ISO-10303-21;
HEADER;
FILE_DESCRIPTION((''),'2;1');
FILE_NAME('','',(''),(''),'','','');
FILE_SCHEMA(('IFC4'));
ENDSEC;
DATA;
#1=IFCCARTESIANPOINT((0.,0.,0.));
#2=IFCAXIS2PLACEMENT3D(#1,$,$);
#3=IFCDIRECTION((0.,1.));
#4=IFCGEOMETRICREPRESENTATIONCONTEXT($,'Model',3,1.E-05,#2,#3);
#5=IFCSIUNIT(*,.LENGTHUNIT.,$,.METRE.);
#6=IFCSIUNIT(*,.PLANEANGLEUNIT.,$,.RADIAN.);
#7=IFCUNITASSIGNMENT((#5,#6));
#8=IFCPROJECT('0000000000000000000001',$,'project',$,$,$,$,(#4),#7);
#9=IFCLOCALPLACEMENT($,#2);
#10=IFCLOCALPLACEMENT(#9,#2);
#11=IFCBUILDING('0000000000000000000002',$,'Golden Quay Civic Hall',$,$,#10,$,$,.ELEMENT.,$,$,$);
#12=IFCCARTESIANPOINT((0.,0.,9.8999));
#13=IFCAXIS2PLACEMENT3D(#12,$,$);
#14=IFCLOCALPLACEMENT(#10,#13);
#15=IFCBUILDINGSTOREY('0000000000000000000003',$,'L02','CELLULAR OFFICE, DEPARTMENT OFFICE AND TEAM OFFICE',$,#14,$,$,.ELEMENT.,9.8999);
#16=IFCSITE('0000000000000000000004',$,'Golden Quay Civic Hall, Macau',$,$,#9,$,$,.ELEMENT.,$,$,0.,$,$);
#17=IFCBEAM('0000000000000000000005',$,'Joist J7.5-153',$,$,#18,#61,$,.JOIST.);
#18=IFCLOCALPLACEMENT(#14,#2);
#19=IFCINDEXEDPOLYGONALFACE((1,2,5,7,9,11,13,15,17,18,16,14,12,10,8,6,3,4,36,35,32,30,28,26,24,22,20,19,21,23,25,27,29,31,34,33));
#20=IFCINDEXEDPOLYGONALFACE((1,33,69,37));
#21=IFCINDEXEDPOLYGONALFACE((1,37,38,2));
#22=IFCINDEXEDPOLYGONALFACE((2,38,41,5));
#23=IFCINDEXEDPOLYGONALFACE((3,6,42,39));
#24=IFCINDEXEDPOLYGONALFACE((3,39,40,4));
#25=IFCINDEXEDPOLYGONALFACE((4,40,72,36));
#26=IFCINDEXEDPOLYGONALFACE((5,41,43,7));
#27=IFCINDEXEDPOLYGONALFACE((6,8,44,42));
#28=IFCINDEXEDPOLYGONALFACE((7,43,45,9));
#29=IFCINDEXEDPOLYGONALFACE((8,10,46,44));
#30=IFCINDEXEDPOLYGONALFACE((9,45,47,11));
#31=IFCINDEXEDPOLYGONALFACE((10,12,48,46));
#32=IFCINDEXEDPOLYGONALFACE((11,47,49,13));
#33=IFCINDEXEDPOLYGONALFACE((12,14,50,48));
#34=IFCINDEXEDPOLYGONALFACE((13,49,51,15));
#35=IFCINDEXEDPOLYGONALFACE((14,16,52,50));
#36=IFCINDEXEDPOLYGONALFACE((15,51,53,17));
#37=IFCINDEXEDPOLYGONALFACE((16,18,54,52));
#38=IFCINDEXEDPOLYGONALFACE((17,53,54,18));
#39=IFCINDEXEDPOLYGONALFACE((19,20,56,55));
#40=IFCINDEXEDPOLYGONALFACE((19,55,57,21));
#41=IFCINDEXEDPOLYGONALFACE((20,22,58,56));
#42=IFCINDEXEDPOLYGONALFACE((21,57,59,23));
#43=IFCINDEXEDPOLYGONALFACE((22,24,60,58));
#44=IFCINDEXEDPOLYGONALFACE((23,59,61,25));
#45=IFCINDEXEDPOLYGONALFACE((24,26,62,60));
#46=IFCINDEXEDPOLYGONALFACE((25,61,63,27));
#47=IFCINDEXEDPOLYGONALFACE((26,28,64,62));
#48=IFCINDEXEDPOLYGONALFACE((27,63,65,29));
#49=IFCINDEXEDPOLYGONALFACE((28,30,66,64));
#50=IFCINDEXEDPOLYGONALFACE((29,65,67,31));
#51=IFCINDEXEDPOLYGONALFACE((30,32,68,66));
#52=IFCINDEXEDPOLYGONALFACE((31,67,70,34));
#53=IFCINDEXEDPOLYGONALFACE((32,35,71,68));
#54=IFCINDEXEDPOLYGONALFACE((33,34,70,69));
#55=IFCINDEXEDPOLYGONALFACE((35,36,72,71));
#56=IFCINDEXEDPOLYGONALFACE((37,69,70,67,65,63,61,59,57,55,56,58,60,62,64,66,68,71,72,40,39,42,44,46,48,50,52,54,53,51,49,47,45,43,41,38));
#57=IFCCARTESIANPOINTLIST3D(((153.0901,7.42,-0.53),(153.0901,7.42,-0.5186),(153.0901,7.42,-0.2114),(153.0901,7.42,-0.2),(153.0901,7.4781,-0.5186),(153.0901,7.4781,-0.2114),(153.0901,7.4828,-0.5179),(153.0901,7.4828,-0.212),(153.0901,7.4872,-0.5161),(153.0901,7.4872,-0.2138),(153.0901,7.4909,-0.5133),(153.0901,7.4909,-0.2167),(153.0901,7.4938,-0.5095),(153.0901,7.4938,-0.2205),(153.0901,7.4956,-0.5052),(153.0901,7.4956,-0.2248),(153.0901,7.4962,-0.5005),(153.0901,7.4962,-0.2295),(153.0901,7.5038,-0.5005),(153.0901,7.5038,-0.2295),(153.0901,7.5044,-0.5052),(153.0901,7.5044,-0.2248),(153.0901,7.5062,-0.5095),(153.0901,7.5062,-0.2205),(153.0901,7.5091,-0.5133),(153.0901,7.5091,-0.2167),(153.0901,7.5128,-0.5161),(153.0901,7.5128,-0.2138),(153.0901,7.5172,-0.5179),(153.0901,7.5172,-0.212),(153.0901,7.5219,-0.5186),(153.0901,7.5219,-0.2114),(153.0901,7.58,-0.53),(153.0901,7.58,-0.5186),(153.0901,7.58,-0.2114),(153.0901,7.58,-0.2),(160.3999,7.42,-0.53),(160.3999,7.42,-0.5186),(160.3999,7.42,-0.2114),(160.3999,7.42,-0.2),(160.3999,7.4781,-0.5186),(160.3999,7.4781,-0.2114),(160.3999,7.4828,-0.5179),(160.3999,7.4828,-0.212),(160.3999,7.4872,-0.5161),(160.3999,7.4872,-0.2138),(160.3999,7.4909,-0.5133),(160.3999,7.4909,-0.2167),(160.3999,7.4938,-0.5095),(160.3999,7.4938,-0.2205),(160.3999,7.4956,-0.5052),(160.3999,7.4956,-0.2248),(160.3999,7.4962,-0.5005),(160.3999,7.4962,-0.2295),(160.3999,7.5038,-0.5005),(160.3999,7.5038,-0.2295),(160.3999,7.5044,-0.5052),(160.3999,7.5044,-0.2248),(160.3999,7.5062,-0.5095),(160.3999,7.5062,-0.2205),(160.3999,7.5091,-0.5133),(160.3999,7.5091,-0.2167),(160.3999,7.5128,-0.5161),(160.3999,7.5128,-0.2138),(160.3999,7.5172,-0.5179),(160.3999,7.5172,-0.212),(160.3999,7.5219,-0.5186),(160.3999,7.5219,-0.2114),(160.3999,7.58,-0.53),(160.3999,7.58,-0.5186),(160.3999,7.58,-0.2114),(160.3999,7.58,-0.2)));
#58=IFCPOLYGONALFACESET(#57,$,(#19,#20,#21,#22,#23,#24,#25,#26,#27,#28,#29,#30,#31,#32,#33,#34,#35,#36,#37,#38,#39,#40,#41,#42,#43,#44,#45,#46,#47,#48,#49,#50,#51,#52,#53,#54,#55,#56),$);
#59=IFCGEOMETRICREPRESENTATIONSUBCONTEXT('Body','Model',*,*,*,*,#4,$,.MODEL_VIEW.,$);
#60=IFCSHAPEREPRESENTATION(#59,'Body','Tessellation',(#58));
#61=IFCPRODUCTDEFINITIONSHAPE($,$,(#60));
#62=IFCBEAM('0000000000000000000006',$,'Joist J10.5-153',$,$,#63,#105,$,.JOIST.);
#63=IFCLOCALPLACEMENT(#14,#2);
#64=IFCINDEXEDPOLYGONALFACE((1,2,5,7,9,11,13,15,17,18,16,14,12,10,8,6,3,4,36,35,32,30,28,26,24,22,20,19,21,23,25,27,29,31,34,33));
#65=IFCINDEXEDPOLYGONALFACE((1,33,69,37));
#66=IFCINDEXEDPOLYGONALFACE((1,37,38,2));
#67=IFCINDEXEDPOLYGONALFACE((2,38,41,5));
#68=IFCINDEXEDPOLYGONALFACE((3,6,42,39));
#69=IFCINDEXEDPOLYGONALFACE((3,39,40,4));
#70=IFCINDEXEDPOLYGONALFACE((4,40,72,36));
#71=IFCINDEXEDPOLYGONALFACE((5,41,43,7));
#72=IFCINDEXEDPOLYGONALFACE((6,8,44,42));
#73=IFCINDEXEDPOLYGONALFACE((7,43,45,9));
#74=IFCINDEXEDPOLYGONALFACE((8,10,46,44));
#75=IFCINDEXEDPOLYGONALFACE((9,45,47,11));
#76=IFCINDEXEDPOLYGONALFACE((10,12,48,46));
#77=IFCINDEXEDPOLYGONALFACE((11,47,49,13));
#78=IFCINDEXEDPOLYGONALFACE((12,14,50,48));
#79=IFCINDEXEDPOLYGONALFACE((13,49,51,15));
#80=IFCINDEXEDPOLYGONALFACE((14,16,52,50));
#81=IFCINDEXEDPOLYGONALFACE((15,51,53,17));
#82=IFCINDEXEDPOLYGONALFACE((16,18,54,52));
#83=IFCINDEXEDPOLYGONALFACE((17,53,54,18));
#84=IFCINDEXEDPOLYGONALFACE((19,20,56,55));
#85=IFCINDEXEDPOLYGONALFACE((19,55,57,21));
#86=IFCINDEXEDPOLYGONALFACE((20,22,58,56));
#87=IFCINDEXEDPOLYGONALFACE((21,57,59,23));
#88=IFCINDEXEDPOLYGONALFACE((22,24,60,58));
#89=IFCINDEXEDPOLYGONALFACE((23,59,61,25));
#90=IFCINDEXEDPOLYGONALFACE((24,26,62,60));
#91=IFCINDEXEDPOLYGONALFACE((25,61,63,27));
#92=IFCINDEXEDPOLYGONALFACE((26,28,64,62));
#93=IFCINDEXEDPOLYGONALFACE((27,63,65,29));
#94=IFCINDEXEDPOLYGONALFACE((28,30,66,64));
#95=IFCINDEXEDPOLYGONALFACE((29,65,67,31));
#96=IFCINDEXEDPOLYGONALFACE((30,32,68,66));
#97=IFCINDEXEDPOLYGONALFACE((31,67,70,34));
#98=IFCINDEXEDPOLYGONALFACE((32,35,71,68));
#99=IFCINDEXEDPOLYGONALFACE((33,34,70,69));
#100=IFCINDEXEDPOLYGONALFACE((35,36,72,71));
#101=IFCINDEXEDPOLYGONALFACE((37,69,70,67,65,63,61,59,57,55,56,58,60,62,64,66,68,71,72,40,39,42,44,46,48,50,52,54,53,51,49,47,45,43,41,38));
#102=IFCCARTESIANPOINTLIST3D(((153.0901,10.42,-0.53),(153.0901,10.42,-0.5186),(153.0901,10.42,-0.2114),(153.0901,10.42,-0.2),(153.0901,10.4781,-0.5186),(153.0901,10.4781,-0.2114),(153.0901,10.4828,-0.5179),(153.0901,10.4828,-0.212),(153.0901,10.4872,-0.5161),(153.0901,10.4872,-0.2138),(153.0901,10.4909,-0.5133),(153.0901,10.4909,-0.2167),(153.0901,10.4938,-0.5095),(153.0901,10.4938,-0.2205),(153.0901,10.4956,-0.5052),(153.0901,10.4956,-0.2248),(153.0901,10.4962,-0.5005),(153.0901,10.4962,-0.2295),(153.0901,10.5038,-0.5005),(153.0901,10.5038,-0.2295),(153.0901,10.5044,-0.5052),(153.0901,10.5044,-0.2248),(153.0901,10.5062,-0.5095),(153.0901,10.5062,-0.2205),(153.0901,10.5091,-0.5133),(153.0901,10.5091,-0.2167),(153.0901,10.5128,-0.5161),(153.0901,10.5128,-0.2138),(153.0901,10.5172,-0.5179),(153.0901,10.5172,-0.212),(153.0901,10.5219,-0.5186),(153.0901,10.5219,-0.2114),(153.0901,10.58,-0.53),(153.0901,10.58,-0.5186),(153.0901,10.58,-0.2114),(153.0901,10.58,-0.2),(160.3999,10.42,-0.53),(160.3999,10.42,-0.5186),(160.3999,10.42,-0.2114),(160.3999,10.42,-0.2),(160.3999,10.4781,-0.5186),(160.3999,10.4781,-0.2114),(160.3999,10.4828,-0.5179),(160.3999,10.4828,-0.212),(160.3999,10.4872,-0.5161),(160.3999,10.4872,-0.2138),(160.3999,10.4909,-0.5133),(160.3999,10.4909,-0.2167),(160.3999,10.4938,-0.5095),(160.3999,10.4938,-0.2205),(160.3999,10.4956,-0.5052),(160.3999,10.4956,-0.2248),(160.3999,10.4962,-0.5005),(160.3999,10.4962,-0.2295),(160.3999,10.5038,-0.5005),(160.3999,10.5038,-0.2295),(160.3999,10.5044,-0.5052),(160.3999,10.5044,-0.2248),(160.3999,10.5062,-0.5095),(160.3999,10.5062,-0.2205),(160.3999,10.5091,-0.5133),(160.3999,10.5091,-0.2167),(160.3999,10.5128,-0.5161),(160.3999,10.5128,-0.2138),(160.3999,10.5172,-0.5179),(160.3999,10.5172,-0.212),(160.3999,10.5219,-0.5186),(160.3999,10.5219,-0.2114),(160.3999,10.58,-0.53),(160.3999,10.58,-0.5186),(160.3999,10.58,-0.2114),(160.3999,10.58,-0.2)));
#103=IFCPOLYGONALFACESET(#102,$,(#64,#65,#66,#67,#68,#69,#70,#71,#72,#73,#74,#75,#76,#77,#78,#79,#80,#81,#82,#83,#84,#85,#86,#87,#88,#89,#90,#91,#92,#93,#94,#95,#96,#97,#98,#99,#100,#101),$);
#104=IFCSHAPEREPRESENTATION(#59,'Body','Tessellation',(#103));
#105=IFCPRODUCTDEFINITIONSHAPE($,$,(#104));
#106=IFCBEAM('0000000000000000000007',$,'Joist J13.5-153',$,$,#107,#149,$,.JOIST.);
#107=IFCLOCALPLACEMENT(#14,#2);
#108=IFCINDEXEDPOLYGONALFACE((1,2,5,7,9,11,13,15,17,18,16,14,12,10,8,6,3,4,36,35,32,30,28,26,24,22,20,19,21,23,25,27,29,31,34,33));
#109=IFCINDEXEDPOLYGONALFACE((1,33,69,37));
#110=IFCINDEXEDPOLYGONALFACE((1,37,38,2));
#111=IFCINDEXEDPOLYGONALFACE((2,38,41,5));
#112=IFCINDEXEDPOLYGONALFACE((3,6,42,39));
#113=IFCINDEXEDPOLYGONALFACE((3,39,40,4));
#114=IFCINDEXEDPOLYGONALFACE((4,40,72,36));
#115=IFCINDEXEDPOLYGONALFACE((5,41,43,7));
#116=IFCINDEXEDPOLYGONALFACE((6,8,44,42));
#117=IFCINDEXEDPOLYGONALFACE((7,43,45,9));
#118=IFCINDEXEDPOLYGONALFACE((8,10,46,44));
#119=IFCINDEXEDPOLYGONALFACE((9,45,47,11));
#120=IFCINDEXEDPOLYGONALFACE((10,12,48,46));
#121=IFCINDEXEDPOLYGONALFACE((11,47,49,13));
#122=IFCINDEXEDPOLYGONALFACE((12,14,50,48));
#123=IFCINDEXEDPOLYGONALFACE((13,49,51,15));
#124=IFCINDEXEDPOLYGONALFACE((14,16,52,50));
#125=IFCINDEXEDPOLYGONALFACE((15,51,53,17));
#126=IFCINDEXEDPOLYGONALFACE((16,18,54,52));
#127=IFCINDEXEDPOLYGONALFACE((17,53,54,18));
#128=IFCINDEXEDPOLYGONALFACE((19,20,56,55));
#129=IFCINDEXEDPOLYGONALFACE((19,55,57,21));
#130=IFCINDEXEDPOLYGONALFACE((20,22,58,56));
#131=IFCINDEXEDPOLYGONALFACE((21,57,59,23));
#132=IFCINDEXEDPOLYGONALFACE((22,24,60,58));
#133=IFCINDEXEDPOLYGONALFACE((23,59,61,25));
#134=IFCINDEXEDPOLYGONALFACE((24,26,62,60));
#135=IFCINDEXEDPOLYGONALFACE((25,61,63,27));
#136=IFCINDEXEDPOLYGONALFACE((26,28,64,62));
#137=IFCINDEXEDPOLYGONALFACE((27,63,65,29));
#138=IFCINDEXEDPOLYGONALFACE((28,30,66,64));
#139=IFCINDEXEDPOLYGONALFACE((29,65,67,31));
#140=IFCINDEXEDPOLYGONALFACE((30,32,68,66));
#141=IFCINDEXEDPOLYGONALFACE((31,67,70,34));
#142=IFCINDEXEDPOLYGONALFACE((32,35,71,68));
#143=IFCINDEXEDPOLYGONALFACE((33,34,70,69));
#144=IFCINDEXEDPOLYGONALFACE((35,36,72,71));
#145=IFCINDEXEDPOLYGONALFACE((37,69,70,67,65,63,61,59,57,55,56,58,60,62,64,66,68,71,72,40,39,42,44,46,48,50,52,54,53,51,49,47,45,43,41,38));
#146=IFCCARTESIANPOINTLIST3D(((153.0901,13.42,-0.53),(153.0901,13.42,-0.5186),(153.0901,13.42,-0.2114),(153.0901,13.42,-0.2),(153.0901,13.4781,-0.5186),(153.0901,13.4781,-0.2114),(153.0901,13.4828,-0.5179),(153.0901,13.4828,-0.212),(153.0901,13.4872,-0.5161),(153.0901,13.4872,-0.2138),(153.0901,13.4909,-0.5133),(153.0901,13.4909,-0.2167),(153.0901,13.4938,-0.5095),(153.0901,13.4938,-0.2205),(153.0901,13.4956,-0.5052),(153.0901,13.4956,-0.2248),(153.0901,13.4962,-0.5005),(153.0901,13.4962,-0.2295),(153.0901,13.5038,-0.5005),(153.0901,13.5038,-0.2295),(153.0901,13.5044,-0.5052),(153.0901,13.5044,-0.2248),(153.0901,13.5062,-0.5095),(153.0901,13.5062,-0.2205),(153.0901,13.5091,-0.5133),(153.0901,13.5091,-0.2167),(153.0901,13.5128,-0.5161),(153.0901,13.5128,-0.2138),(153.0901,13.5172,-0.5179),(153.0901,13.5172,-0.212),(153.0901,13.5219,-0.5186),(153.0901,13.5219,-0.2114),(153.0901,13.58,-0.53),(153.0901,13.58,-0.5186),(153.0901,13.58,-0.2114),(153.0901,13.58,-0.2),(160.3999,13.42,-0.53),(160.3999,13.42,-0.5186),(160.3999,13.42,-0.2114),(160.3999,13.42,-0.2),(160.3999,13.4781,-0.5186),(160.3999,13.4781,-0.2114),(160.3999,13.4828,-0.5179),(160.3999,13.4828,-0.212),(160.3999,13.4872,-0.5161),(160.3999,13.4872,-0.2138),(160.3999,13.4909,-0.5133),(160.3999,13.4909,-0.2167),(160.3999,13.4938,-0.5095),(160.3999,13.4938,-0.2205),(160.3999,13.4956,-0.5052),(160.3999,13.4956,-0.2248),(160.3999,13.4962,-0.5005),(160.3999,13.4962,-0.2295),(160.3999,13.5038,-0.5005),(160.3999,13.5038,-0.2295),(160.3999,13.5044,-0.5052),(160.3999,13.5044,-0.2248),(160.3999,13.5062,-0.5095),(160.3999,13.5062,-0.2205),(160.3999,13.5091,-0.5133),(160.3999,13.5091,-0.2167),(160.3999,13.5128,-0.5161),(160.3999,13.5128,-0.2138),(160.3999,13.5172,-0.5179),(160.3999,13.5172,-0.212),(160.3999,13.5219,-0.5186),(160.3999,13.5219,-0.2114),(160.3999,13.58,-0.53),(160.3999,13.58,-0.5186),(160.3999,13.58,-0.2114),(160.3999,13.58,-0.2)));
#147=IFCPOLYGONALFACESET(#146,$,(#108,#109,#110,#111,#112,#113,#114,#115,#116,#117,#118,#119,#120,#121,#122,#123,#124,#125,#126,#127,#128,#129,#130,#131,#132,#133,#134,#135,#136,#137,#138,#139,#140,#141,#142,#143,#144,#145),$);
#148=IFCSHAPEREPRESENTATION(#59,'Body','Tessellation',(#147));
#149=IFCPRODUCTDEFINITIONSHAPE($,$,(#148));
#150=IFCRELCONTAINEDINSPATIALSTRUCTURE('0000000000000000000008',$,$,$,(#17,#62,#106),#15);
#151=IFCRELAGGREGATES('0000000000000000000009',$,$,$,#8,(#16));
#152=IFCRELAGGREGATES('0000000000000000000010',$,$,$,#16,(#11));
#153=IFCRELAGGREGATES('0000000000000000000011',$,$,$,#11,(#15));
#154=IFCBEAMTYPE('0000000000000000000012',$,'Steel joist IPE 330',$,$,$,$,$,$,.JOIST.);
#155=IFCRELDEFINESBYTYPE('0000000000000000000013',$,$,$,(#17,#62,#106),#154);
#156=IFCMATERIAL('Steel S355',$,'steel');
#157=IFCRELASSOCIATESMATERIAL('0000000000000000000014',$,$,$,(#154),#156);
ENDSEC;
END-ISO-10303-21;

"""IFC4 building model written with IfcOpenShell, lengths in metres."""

from ifc_helpers import new_model, si_unit, direction, frame, origin, origin_2d, place, context, subcontext, project, spatial, i_section, extrude, material, material_profile, profile_set, type_object, element, save


model = new_model("IFC4")

# Units and contexts
model_context = context("Model", 3, precision=1e-05, world=origin(), true_north=direction((0.0, 1.0)))
body_context = subcontext(model_context, "Body", "Model", "MODEL_VIEW")
ifc_project = project(units=[si_unit("LENGTHUNIT", "METRE"), si_unit("PLANEANGLEUNIT", "RADIAN")], contexts=[model_context])

# Site, building, storey
site_placement = place(None, origin())
site = spatial("IfcSite", under=ifc_project, at=site_placement, Name="Golden Quay Civic Hall, Macau", CompositionType="ELEMENT", RefElevation=0.0)
building_placement = place(site_placement, origin())
building = spatial("IfcBuilding", under=site, at=building_placement, Name="Golden Quay Civic Hall", CompositionType="ELEMENT")
storey_placement = place(building_placement, frame((0.0, 0.0, 9.8999)))
storey = spatial("IfcBuildingStorey", under=building, at=storey_placement, Name="L02", Description="CELLULAR OFFICE, DEPARTMENT OFFICE AND TEAM OFFICE", CompositionType="ELEMENT", Elevation=9.8999)

# Beams
ifc_material_1 = material(Name="Steel S355", Category="steel")
ifc_material_profile_1 = material_profile(ifc_material_1, i_section(OverallWidth=0.1599, OverallDepth=0.3301, WebThickness=0.0076, FlangeThickness=0.0115, FilletRadius=0.0181, at=origin_2d()), Name="IPE 330")
ifc_profile_set_1 = profile_set([ifc_material_profile_1], Name="Steel S355")
beam_type_1 = type_object("IfcBeamType", Name="Steel joist IPE 330", PredefinedType="JOIST", material=ifc_profile_set_1)
for number, where, z_axis, x_axis, name in (
    (1, (153.0901, 7.5, -0.365), (1.0, 0.0, 0.0), (0.0, 1.0, 0.0), "Joist J7.5-153"),
    (2, (153.0901, 10.5, -0.365), (1.0, 0.0, 0.0), (0.0, 1.0, 0.0), "Joist J10.5-153"),
    (3, (153.0901, 13.5, -0.365), (1.0, 0.0, 0.0), (0.0, 1.0, 0.0), "Joist J13.5-153"),
):
    element("IfcBeam", number, at=place(storey_placement, frame(where, z_axis=z_axis, x_axis=x_axis)), inside=storey, type_object=beam_type_1, Name=name, PredefinedType="JOIST", context=body_context, shape_type="SweptSolid", body=[
        extrude(i_section(OverallWidth=0.1599, OverallDepth=0.3301, WebThickness=0.0076, FlangeThickness=0.0115, FilletRadius=0.0181, at=origin_2d()), origin(), (0.0, 0.0, 1.0), 7.3098),
    ])

save(model, "model.ifc")
